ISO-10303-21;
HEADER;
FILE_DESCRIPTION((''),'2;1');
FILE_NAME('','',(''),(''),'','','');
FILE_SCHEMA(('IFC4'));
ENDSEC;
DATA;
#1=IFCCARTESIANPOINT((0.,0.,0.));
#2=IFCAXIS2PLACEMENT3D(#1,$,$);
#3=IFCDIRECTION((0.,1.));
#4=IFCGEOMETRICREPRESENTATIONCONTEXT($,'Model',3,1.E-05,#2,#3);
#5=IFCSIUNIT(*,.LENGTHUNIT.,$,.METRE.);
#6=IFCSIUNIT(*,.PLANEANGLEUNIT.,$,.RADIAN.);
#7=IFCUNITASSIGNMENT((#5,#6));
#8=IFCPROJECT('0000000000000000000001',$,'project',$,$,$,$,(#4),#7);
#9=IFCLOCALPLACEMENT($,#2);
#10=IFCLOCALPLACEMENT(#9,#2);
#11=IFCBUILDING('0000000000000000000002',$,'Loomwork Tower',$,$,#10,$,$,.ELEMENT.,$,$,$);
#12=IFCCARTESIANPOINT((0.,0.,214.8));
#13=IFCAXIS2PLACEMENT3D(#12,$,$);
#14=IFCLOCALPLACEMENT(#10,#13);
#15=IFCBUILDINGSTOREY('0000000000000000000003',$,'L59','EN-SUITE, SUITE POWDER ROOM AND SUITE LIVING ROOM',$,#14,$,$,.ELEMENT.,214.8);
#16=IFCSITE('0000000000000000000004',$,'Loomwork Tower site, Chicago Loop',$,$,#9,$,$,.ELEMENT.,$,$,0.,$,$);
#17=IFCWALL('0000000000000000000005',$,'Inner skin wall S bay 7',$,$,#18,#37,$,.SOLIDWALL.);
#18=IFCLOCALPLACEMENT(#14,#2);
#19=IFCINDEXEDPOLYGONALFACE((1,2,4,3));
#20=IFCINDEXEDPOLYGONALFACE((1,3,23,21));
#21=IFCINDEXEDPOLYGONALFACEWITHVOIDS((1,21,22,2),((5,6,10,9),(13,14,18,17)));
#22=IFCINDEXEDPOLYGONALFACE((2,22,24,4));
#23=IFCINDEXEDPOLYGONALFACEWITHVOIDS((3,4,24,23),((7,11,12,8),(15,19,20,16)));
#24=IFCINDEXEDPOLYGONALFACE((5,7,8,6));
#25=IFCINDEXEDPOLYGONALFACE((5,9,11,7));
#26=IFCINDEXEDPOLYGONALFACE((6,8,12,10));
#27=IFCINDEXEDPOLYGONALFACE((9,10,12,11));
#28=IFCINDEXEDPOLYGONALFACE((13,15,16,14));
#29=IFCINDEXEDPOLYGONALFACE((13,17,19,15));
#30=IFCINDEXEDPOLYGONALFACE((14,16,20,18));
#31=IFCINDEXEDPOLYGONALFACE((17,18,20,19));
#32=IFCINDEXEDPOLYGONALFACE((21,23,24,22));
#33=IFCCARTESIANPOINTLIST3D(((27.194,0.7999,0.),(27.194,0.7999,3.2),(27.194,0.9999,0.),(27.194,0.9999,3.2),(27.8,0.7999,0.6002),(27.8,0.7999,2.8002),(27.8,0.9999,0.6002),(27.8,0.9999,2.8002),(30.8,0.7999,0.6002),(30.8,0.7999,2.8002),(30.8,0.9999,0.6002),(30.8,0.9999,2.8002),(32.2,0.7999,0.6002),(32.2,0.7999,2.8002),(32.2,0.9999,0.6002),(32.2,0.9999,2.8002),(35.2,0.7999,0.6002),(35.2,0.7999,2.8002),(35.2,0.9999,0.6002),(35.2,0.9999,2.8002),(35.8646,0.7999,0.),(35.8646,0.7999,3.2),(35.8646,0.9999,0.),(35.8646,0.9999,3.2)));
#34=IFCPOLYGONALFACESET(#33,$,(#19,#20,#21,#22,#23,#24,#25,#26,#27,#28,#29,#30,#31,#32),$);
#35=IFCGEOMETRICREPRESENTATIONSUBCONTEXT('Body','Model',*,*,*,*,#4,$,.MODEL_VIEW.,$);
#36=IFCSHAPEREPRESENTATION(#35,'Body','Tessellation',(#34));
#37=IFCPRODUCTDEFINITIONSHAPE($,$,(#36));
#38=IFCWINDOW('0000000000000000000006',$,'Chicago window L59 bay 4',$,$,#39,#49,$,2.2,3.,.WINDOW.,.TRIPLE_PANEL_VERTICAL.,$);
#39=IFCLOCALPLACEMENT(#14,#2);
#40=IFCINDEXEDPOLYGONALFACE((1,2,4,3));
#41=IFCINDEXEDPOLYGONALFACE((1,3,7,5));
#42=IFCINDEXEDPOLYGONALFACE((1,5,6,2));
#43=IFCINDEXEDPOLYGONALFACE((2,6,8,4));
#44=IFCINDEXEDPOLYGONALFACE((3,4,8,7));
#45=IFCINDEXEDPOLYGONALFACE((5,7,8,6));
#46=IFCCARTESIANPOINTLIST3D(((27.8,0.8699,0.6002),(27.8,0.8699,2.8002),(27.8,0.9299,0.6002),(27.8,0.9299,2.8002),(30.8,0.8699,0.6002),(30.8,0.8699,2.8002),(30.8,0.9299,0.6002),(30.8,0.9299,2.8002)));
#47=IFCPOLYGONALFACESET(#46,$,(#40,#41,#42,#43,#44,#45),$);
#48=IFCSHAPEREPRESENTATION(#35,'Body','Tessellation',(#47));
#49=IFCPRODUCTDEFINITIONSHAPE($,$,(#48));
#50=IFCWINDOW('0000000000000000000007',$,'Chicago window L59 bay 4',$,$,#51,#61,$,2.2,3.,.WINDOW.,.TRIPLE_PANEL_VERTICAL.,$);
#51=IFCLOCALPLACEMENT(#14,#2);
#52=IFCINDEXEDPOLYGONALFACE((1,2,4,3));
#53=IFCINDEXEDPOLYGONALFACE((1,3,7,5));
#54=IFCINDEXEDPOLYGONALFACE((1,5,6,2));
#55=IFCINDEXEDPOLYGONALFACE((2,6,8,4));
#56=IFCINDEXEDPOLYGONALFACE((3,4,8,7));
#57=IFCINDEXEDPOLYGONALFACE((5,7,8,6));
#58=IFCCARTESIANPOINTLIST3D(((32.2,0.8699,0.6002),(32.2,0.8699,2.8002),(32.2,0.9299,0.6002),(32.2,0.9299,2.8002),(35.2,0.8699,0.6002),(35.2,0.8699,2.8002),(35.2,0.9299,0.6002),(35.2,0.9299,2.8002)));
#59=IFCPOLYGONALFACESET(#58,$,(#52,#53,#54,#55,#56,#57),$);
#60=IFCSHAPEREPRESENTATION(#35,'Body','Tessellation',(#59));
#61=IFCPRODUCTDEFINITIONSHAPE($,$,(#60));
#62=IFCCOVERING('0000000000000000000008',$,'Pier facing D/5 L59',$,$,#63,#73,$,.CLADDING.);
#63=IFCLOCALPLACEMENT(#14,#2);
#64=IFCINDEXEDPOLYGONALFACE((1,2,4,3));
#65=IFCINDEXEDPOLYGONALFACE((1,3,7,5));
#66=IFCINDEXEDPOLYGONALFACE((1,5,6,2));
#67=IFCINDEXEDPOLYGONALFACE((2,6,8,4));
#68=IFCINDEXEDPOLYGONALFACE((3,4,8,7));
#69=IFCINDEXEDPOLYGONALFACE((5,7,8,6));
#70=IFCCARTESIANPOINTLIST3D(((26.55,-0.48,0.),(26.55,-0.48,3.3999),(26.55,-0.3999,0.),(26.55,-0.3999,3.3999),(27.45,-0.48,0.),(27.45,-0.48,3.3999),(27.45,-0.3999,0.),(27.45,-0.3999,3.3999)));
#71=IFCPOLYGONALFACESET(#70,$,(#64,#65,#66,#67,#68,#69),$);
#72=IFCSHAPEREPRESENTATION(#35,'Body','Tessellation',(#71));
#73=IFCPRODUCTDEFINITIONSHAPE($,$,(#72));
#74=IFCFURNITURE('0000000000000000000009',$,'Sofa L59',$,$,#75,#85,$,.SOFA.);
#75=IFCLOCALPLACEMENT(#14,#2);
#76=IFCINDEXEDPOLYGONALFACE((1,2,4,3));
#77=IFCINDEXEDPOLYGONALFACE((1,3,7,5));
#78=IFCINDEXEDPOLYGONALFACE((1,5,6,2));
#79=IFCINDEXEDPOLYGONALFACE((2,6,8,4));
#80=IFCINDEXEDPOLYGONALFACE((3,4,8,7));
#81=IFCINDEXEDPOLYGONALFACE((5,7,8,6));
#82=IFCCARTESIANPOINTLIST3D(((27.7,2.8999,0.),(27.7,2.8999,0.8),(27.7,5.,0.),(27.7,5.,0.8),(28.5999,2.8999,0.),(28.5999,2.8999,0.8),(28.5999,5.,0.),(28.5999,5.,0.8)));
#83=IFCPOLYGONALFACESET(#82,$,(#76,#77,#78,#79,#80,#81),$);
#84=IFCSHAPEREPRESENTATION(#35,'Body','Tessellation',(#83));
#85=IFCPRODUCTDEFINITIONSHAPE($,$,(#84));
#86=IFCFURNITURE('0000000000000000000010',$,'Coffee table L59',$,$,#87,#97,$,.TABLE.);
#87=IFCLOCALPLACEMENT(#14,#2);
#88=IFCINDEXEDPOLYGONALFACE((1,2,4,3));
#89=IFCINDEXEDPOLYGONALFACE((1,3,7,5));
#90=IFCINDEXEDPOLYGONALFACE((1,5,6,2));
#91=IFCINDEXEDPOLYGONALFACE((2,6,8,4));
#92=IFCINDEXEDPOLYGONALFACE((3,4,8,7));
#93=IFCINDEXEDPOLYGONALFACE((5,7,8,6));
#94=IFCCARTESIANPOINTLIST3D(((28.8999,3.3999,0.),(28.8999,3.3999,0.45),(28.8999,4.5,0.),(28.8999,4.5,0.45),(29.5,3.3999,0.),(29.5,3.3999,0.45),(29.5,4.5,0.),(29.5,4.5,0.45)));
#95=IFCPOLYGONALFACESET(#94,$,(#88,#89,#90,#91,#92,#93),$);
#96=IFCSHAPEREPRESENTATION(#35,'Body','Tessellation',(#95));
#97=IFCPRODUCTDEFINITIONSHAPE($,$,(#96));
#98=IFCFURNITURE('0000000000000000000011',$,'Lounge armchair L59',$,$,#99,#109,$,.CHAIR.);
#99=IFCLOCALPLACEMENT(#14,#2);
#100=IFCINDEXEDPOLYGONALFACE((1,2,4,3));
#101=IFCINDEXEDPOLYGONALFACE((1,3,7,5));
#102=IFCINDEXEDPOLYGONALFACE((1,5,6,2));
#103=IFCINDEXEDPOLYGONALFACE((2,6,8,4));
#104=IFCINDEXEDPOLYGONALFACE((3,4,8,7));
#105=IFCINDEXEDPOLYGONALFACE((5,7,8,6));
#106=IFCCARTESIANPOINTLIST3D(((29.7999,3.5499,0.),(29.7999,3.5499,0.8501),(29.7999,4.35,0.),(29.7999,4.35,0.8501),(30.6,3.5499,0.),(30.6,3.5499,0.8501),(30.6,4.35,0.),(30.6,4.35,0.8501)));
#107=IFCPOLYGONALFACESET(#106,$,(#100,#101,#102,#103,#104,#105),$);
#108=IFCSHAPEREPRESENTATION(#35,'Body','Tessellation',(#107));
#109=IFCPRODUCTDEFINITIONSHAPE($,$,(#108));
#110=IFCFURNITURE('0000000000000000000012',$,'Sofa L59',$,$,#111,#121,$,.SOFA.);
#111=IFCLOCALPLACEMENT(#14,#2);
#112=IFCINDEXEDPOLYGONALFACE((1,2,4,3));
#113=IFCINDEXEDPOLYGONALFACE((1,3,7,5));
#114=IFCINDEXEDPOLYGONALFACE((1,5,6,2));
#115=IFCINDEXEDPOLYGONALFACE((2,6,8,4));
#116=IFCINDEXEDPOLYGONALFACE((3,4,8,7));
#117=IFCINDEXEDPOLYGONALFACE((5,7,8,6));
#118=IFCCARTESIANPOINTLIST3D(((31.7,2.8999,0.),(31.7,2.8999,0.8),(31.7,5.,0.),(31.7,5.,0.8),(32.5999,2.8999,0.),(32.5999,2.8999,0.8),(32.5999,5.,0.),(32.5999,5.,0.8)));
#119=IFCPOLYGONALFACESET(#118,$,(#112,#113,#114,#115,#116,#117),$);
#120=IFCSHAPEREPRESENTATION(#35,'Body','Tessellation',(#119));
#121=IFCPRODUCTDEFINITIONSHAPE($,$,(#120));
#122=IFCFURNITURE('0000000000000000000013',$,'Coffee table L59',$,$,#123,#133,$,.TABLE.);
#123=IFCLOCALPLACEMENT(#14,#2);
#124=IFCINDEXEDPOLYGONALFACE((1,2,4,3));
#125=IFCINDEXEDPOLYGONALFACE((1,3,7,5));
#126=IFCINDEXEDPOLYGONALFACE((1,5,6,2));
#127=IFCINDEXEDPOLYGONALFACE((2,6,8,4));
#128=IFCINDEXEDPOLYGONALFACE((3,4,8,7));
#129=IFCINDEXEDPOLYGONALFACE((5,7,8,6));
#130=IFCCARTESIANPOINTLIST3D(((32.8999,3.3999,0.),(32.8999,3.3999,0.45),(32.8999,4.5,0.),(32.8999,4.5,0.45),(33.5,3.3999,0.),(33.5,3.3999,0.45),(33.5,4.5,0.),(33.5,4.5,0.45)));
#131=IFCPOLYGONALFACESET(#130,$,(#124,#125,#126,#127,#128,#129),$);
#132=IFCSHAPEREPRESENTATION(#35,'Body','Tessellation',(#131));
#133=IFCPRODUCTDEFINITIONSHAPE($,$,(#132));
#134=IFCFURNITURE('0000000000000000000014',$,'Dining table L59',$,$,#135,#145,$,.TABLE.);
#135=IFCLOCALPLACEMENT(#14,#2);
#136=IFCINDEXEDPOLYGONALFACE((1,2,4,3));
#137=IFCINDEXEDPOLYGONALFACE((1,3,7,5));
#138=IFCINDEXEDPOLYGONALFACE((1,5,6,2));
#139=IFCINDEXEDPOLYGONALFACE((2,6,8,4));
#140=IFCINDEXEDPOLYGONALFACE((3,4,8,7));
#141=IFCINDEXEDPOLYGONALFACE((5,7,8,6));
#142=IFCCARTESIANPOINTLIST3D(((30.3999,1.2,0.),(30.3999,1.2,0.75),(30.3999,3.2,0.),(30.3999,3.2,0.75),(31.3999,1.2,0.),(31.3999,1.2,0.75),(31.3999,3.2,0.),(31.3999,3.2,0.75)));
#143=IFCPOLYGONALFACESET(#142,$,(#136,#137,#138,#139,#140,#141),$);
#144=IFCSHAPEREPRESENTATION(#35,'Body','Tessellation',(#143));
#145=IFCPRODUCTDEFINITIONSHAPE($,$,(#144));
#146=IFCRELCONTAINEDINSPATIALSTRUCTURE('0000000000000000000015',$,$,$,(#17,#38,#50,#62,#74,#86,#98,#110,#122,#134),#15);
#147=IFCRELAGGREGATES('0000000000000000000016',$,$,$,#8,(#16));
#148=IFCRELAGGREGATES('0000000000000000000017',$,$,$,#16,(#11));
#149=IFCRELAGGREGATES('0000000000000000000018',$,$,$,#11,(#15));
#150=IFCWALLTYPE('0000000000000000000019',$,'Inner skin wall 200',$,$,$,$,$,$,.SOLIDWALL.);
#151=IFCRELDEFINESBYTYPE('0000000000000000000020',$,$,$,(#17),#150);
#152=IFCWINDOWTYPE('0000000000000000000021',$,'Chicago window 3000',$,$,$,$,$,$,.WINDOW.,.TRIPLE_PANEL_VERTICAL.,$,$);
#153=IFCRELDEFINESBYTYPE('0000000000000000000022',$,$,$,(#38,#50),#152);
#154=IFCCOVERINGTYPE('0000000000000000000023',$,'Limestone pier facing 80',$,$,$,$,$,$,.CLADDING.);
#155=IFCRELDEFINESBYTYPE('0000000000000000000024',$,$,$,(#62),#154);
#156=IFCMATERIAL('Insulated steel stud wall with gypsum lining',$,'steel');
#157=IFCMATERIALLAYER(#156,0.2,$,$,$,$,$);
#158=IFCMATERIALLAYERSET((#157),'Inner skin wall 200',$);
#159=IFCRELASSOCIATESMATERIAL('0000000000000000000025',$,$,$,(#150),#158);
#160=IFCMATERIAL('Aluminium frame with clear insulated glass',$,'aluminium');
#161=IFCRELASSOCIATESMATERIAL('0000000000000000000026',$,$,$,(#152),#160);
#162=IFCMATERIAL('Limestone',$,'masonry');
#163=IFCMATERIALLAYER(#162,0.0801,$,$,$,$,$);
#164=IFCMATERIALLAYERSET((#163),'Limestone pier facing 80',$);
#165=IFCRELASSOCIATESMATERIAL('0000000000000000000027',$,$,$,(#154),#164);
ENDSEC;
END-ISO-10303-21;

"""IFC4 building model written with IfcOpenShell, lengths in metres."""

from ifc_helpers import new_model, si_unit, direction, frame, frame_2d, origin, origin_2d, place, context, subcontext, project, spatial, rectangle, extrude, material, layer, layer_set, type_object, element, fill, save


model = new_model("IFC4")

# Units and contexts
model_context = context("Model", 3, precision=1e-05, world=origin(), true_north=direction((0.0, 1.0)))
body_context = subcontext(model_context, "Body", "Model", "MODEL_VIEW")
ifc_project = project(units=[si_unit("LENGTHUNIT", "METRE"), si_unit("PLANEANGLEUNIT", "RADIAN")], contexts=[model_context])

# Site, building, storey
site_placement = place(None, origin())
site = spatial("IfcSite", under=ifc_project, at=site_placement, Name="Loomwork Tower site, Chicago Loop", CompositionType="ELEMENT", RefElevation=0.0)
building_placement = place(site_placement, origin())
building = spatial("IfcBuilding", under=site, at=building_placement, Name="Loomwork Tower", CompositionType="ELEMENT")
storey_placement = place(building_placement, frame((0.0, 0.0, 214.8)))
storey = spatial("IfcBuildingStorey", under=building, at=storey_placement, Name="L59", Description="EN-SUITE, SUITE POWDER ROOM AND SUITE LIVING ROOM", CompositionType="ELEMENT", Elevation=214.8)

# Wall, openings, windows
ifc_material_1 = material(Name="Insulated steel stud wall with gypsum lining", Category="steel")
ifc_layer_1 = layer(ifc_material_1, 0.2)
ifc_layer_set_1 = layer_set([ifc_layer_1], Name="Inner skin wall 200")
wall_type_1 = type_object("IfcWallType", Name="Inner skin wall 200", PredefinedType="SOLIDWALL", material=ifc_layer_set_1)
wall_1_placement = place(storey_placement, frame((27.1938, 0.8999, 0.0), z_axis=(0.0, 0.0, 1.0), x_axis=(1.0, 0.0, 0.0)))
wall_1 = element("IfcWall", 1, at=wall_1_placement, inside=storey, type_object=wall_type_1, Name="Inner skin wall S bay 7", PredefinedType="SOLIDWALL", context=body_context, shape_type="SweptSolid", body=[
    extrude(rectangle(XDim=8.6707, YDim=0.2, at=frame_2d((4.3354, 0.0))), origin(), (0.0, 0.0, 1.0), 3.2),
])
opening_1_placement = place(wall_1_placement, frame((0.6062, 0.0, 0.6001)))
opening_1 = element("IfcOpeningElement", 2, at=opening_1_placement, cuts=wall_1, PredefinedType="OPENING", context=body_context, shape_type="SweptSolid", body=[
    extrude(rectangle(XDim=3.0, YDim=2.2, at=frame_2d((1.5, 1.1001))), frame((0.0, 0.1099, 0.0), z_axis=(0.0, -1.0, 0.0), x_axis=(1.0, 0.0, 0.0)), (0.0, 0.0, 1.0), 0.22),
])
opening_2_placement = place(wall_1_placement, frame((5.0061, 0.0, 0.6001)))
opening_2 = element("IfcOpeningElement", 3, at=opening_2_placement, cuts=wall_1, PredefinedType="OPENING", context=body_context, shape_type="SweptSolid", body=[
    extrude(rectangle(XDim=3.0, YDim=2.2, at=frame_2d((1.5, 1.1001))), frame((0.0, 0.1099, 0.0), z_axis=(0.0, -1.0, 0.0), x_axis=(1.0, 0.0, 0.0)), (0.0, 0.0, 1.0), 0.22),
])
ifc_material_2 = material(Name="Aluminium frame with clear insulated glass", Category="aluminium")
window_type = type_object("IfcWindowType", Name="Chicago window 3000", PartitioningType="TRIPLE_PANEL_VERTICAL", PredefinedType="WINDOW", material=ifc_material_2)
window_1_placement = place(opening_1_placement, origin())
window_1 = element("IfcWindow", 4, at=window_1_placement, inside=storey, type_object=window_type, Name="Chicago window L59 bay 4", OverallHeight=2.2, OverallWidth=3.0, PartitioningType="TRIPLE_PANEL_VERTICAL", PredefinedType="WINDOW", context=body_context, shape_type="SweptSolid", body=[
    extrude(rectangle(XDim=3.0, YDim=2.2, at=frame_2d((1.5, 1.1001))), frame((0.0, 0.03, 0.0), z_axis=(0.0, -1.0, 0.0), x_axis=(1.0, 0.0, 0.0)), (0.0, 0.0, 1.0), 0.0601),
])
fill(opening_1, window_1)
window_2_placement = place(opening_2_placement, origin())
window_2 = element("IfcWindow", 5, at=window_2_placement, inside=storey, type_object=window_type, Name="Chicago window L59 bay 4", OverallHeight=2.2, OverallWidth=3.0, PartitioningType="TRIPLE_PANEL_VERTICAL", PredefinedType="WINDOW", context=body_context, shape_type="SweptSolid", body=[
    extrude(rectangle(XDim=3.0, YDim=2.2, at=frame_2d((1.5, 1.1001))), frame((0.0, 0.03, 0.0), z_axis=(0.0, -1.0, 0.0), x_axis=(1.0, 0.0, 0.0)), (0.0, 0.0, 1.0), 0.0601),
])
fill(opening_2, window_2)

# Covering
ifc_material_3 = material(Name="Limestone", Category="masonry")
ifc_layer_2 = layer(ifc_material_3, 0.0801)
ifc_layer_set_2 = layer_set([ifc_layer_2], Name="Limestone pier facing 80")
covering_type = type_object("IfcCoveringType", Name="Limestone pier facing 80", PredefinedType="CLADDING", material=ifc_layer_set_2)
covering_placement = place(storey_placement, frame((27.0, -0.4399, 0.0), z_axis=(0.0, 0.0, 1.0), x_axis=(1.0, 0.0, 0.0)))
element("IfcCovering", 6, at=covering_placement, inside=storey, type_object=covering_type, Name="Pier facing D/5 L59", PredefinedType="CLADDING", context=body_context, shape_type="SweptSolid", body=[
    extrude(rectangle(XDim=0.8999, YDim=0.0801, at=origin_2d()), origin(), (0.0, 0.0, 1.0), 3.3999),
])

# Furniture
furniture_1_placement = place(storey_placement, frame((28.1499, 3.95, 0.0), z_axis=(0.0, 0.0, 1.0), x_axis=(1.0, 0.0, 0.0)))
element("IfcFurniture", 7, at=furniture_1_placement, inside=storey, Name="Sofa L59", PredefinedType="SOFA", context=body_context, shape_type="SweptSolid", body=[
    extrude(rectangle(XDim=0.8999, YDim=2.1001, at=origin_2d()), origin(), (0.0, 0.0, 1.0), 0.8),
])
furniture_2_placement = place(storey_placement, frame((29.2, 3.95, 0.0), z_axis=(0.0, 0.0, 1.0), x_axis=(1.0, 0.0, 0.0)))
element("IfcFurniture", 8, at=furniture_2_placement, inside=storey, Name="Coffee table L59", PredefinedType="TABLE", context=body_context, shape_type="SweptSolid", body=[
    extrude(rectangle(XDim=0.6001, YDim=1.1001, at=origin_2d()), origin(), (0.0, 0.0, 1.0), 0.45),
])
furniture_3_placement = place(storey_placement, frame((30.2, 3.95, 0.0), z_axis=(0.0, 0.0, 1.0), x_axis=(1.0, 0.0, 0.0)))
element("IfcFurniture", 9, at=furniture_3_placement, inside=storey, Name="Lounge armchair L59", PredefinedType="CHAIR", context=body_context, shape_type="SweptSolid", body=[
    extrude(rectangle(XDim=0.8, YDim=0.8, at=origin_2d()), origin(), (0.0, 0.0, 1.0), 0.8501),
])
furniture_4_placement = place(storey_placement, frame((32.1499, 3.95, 0.0), z_axis=(0.0, 0.0, 1.0), x_axis=(1.0, 0.0, 0.0)))
element("IfcFurniture", 10, at=furniture_4_placement, inside=storey, Name="Sofa L59", PredefinedType="SOFA", context=body_context, shape_type="SweptSolid", body=[
    extrude(rectangle(XDim=0.8999, YDim=2.1001, at=origin_2d()), origin(), (0.0, 0.0, 1.0), 0.8),
])
furniture_5_placement = place(storey_placement, frame((33.2, 3.95, 0.0), z_axis=(0.0, 0.0, 1.0), x_axis=(1.0, 0.0, 0.0)))
element("IfcFurniture", 11, at=furniture_5_placement, inside=storey, Name="Coffee table L59", PredefinedType="TABLE", context=body_context, shape_type="SweptSolid", body=[
    extrude(rectangle(XDim=0.6001, YDim=1.1001, at=origin_2d()), origin(), (0.0, 0.0, 1.0), 0.45),
])
furniture_6_placement = place(storey_placement, frame((30.8999, 2.2, 0.0), z_axis=(0.0, 0.0, 1.0), x_axis=(1.0, 0.0, 0.0)))
element("IfcFurniture", 12, at=furniture_6_placement, inside=storey, Name="Dining table L59", PredefinedType="TABLE", context=body_context, shape_type="SweptSolid", body=[
    extrude(rectangle(XDim=1.0, YDim=2.0, at=origin_2d()), origin(), (0.0, 0.0, 1.0), 0.75),
])

save(model, "model.ifc")
